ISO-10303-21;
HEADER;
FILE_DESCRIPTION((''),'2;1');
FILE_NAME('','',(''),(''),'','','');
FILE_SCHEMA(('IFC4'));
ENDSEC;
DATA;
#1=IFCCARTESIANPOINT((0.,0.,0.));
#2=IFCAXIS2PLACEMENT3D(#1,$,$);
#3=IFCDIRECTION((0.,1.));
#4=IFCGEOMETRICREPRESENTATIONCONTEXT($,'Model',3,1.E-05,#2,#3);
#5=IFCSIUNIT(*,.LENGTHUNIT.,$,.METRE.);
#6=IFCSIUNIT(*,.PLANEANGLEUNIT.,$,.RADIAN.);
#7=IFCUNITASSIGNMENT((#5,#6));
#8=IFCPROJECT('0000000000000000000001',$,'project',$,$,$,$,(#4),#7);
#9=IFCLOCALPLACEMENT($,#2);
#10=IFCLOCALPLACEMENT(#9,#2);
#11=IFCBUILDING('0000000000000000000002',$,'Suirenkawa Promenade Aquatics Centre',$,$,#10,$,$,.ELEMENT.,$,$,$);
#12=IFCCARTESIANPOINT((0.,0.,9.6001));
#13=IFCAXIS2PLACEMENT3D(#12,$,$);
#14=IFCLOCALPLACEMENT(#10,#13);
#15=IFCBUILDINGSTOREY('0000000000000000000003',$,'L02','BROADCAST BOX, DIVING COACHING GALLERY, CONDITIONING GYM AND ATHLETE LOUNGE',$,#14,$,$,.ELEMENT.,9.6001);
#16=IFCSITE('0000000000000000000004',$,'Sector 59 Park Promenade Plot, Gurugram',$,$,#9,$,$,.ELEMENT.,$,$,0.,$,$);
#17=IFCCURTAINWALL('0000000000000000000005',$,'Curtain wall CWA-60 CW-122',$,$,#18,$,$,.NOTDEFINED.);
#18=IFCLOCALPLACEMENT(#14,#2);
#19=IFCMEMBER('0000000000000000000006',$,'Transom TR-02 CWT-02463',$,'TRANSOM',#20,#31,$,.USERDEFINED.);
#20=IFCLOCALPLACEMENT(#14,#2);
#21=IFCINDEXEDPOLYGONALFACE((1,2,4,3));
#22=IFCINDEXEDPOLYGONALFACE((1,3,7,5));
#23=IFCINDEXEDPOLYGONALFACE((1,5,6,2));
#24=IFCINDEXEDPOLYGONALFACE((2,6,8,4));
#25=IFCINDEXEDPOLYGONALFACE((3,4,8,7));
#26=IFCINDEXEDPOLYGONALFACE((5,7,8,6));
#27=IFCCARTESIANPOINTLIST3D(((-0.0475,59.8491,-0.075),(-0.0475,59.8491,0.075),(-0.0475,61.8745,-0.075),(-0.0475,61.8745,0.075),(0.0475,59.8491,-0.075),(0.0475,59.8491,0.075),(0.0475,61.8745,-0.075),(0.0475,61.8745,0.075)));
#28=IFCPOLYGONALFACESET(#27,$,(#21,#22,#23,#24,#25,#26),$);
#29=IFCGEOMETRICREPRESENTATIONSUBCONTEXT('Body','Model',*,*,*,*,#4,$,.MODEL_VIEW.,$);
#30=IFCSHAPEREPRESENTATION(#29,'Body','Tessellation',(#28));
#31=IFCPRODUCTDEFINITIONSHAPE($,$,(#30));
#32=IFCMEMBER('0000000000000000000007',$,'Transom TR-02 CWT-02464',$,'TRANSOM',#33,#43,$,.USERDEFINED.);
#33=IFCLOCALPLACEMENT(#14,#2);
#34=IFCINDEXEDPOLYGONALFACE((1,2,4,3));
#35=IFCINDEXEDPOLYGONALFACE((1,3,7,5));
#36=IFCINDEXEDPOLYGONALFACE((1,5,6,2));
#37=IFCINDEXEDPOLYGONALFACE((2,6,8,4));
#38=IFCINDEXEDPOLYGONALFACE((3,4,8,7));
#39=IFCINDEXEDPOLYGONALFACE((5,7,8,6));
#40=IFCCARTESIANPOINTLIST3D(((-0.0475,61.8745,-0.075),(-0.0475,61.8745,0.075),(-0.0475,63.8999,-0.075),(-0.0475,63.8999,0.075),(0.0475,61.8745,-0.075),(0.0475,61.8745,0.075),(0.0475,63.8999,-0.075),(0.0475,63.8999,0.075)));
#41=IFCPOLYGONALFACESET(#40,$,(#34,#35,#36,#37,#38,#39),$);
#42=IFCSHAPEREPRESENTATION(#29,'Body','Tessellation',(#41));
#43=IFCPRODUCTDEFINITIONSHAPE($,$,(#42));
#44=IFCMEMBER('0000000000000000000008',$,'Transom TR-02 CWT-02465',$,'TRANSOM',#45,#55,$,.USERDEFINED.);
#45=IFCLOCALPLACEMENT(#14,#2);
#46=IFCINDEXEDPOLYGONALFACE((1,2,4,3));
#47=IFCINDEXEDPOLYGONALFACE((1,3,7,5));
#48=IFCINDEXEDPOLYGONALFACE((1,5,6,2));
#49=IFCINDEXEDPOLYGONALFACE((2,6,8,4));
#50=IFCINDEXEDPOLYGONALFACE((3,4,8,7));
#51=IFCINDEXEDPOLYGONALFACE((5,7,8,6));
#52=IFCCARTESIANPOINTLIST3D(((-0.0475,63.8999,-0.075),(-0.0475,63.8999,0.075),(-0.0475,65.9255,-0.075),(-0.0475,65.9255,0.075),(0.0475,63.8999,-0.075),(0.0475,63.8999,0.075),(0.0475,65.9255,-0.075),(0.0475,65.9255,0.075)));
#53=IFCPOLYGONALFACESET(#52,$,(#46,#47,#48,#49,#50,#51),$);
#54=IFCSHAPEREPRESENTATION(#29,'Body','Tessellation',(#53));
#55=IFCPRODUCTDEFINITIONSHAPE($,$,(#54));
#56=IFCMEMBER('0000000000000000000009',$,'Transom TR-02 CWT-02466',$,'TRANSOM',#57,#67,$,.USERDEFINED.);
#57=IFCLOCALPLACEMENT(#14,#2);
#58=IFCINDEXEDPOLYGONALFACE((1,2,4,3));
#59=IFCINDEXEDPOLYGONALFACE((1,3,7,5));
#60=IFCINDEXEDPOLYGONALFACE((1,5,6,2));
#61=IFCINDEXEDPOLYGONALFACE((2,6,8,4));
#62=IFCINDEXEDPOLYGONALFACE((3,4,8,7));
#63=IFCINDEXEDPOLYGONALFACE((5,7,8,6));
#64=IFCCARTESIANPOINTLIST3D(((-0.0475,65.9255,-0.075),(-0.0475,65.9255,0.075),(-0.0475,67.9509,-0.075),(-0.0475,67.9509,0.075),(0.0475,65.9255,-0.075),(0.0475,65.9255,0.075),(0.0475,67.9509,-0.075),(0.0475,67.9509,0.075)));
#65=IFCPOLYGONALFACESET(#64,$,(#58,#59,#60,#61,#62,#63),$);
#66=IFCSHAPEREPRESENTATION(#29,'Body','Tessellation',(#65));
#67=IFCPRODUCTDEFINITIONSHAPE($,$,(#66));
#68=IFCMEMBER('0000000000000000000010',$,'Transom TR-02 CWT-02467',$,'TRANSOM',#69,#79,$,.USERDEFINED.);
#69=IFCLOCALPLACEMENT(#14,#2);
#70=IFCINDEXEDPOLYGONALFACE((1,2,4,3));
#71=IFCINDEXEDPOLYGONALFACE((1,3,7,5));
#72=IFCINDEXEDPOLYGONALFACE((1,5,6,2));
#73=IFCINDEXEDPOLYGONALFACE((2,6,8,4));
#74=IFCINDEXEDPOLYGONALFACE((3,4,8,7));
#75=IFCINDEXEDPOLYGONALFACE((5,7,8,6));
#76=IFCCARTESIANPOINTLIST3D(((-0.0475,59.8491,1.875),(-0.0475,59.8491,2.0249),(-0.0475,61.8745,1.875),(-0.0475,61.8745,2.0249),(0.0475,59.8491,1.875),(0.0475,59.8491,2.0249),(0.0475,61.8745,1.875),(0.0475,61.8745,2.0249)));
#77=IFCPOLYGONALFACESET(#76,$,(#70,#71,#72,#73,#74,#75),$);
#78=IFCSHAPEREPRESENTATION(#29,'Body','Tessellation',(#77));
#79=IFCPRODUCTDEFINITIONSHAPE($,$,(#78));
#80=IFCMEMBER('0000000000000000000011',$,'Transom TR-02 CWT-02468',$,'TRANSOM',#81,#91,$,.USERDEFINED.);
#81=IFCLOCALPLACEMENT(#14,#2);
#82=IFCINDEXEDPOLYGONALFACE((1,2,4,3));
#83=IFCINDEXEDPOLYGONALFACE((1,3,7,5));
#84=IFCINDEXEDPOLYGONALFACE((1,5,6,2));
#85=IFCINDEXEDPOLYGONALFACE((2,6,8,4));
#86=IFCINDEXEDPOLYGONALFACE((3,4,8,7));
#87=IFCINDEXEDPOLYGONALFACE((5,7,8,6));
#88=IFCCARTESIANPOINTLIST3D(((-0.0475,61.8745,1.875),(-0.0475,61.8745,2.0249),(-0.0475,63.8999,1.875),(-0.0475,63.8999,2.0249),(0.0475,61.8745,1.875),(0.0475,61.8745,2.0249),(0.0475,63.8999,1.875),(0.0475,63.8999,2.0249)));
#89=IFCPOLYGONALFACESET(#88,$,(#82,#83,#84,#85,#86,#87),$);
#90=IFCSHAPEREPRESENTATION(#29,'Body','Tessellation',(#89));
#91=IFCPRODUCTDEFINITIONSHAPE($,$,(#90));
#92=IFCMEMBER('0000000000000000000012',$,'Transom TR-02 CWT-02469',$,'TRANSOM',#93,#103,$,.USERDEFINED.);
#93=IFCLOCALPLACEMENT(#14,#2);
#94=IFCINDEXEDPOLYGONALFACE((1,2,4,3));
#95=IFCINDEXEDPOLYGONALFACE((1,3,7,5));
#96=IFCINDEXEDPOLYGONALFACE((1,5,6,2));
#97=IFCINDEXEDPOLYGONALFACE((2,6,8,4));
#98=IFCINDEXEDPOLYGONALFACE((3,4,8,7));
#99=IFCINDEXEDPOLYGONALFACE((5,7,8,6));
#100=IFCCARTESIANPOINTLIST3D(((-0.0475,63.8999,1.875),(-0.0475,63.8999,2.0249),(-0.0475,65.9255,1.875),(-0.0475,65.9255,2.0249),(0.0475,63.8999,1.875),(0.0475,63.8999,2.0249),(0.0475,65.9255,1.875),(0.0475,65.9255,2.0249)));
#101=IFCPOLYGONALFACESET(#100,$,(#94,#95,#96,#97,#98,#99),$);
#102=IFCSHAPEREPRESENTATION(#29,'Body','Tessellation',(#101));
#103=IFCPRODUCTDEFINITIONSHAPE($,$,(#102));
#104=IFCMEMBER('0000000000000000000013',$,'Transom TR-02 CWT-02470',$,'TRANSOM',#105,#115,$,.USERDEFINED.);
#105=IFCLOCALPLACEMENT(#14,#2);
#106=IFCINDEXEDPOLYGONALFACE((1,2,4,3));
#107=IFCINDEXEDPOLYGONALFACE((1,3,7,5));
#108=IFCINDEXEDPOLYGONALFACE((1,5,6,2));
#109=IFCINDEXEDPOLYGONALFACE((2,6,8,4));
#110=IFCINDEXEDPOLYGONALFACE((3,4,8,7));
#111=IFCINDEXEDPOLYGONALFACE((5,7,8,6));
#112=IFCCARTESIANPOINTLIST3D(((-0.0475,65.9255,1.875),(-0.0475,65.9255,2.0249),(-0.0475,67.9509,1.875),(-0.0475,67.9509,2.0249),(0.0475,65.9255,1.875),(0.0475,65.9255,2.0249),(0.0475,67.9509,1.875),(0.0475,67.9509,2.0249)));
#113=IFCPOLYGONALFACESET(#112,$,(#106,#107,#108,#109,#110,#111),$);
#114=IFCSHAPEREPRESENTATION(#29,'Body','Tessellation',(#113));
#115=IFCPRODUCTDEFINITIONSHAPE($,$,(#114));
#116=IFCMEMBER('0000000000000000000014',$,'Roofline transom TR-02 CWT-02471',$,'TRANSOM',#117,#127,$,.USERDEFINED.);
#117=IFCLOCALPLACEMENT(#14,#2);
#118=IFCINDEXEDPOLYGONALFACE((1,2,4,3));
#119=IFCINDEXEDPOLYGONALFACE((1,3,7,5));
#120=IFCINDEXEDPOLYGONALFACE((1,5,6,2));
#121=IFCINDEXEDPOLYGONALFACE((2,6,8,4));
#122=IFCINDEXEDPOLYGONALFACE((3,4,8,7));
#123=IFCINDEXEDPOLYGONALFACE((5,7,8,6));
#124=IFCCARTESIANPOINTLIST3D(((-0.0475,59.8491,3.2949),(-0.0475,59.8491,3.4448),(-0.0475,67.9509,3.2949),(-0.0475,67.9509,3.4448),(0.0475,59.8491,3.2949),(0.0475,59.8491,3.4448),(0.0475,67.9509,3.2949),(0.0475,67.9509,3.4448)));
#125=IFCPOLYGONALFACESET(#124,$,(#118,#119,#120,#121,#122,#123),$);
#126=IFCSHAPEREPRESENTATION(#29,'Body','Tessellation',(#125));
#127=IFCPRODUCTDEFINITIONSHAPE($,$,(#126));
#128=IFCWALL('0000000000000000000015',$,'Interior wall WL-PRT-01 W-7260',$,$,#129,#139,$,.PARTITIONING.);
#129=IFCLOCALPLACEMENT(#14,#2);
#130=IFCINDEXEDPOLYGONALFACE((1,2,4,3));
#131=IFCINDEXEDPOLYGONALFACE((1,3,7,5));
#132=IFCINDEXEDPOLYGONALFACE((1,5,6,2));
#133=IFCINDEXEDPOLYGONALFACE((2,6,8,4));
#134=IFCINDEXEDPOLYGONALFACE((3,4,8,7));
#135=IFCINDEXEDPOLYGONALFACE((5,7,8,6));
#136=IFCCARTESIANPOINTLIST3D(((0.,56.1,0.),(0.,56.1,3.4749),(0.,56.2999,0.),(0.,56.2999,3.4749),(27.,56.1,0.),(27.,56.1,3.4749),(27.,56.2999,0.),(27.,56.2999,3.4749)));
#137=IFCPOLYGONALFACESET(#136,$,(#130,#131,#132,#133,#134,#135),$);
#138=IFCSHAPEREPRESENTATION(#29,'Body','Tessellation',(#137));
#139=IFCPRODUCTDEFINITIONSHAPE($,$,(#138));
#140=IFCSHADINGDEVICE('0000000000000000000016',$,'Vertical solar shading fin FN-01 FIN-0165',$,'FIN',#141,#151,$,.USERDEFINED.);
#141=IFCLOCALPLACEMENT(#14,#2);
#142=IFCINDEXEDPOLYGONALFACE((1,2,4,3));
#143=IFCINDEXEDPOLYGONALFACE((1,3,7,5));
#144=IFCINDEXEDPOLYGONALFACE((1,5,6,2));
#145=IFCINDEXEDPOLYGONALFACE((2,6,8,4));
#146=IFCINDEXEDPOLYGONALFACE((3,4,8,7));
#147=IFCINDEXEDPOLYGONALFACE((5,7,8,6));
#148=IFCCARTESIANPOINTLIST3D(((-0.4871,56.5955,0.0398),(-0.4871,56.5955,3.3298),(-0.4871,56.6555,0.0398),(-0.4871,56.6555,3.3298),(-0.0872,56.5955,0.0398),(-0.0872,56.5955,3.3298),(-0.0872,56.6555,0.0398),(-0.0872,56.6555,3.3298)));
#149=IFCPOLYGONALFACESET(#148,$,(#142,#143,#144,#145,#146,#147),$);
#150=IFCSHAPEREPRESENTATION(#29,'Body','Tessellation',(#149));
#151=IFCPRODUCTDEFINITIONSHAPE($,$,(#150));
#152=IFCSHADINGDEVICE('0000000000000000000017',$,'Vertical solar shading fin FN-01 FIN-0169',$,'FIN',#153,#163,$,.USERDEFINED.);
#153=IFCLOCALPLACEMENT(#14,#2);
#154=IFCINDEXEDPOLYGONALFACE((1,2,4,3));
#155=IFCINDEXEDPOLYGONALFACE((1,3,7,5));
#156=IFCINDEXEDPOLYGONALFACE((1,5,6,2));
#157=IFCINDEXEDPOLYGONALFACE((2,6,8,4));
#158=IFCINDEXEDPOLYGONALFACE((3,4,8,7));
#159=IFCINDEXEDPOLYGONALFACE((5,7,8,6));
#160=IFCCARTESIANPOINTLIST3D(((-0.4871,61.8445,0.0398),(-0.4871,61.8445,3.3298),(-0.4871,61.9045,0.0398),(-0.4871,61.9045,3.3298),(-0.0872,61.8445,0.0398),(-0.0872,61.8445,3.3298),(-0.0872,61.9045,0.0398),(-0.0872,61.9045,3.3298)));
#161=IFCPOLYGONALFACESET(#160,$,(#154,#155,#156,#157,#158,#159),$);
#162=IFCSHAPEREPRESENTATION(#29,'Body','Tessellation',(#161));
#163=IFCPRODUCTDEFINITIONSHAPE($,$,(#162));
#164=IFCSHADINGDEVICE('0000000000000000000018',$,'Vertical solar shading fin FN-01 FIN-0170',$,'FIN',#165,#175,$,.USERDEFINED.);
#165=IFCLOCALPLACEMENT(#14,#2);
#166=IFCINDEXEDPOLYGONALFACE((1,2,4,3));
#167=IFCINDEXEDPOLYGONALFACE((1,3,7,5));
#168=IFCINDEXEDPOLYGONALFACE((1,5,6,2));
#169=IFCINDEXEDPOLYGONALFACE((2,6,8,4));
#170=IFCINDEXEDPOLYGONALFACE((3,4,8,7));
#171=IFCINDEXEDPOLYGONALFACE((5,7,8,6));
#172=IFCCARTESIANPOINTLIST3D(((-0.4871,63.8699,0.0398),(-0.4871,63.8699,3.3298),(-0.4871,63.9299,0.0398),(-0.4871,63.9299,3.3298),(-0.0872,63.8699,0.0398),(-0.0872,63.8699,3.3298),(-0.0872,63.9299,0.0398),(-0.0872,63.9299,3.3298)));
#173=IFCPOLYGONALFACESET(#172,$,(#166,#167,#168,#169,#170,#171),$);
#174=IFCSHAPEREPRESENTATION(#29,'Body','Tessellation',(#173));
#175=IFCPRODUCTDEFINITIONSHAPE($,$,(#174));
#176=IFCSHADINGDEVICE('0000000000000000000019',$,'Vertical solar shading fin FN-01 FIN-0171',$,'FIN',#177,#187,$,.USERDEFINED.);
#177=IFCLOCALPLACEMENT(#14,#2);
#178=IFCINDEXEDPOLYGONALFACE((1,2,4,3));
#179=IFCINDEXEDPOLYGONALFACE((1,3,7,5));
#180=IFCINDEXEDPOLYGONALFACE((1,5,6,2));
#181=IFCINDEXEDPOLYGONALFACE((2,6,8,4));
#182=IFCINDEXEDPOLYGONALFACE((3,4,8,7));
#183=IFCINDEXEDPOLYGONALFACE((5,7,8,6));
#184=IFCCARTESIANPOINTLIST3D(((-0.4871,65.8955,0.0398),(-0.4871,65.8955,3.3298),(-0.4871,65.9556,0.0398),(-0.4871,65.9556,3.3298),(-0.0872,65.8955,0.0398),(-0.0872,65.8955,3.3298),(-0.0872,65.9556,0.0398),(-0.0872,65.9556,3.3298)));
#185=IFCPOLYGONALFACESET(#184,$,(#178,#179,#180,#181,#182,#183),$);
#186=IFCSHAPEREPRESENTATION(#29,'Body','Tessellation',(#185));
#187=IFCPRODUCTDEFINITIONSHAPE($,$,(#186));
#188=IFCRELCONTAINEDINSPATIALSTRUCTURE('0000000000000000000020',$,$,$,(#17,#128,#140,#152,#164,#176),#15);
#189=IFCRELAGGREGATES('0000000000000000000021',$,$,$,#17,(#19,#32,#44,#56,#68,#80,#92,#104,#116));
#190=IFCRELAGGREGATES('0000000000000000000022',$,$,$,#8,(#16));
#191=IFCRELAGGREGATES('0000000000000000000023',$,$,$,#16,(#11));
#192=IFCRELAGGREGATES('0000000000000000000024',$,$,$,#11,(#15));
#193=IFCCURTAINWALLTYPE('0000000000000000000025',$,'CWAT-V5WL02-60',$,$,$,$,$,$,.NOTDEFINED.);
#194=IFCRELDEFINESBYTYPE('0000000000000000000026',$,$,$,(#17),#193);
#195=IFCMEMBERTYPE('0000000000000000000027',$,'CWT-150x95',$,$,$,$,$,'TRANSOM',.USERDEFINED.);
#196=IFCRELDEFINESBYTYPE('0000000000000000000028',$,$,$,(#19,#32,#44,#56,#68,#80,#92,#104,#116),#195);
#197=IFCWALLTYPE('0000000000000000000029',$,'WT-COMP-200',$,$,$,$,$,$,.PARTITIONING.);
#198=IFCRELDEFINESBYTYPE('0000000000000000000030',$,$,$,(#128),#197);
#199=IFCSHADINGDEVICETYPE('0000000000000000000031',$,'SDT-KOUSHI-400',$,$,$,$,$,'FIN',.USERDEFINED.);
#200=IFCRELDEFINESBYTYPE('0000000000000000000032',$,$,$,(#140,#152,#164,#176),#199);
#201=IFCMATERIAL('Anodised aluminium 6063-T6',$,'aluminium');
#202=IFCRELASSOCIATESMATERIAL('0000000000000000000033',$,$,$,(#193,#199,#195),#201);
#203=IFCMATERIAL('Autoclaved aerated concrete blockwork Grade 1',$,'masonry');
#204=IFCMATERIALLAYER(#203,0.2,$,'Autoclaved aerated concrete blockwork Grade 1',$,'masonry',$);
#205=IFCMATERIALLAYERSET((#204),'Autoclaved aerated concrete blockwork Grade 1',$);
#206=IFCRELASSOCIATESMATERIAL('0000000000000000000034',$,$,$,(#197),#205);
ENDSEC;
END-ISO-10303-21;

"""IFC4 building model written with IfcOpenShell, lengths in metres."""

from ifc_helpers import new_model, si_unit, direction, frame, frame_2d, origin, origin_2d, place, context, subcontext, project, spatial, rectangle, extrude, material, layer, layer_set, material_profile, profile_set, type_object, element, aggregate, save


model = new_model("IFC4")

# Units and contexts
model_context = context("Model", 3, precision=1e-05, world=origin(), true_north=direction((0.0, 1.0)))
body_context = subcontext(model_context, "Body", "Model", "MODEL_VIEW")
ifc_project = project(units=[si_unit("LENGTHUNIT", "METRE"), si_unit("PLANEANGLEUNIT", "RADIAN")], contexts=[model_context])

# Site, building, storey
site_placement = place(None, origin())
site = spatial("IfcSite", under=ifc_project, at=site_placement, Name="Sector 59 Park Promenade Plot, Gurugram", CompositionType="ELEMENT", RefElevation=0.0)
building_placement = place(site_placement, origin())
building = spatial("IfcBuilding", under=site, at=building_placement, Name="Suirenkawa Promenade Aquatics Centre", CompositionType="ELEMENT")
storey_placement = place(building_placement, frame((0.0, 0.0, 9.6001)))
storey = spatial("IfcBuildingStorey", under=building, at=storey_placement, Name="L02", Description="BROADCAST BOX, DIVING COACHING GALLERY, CONDITIONING GYM AND ATHLETE LOUNGE", CompositionType="ELEMENT", Elevation=9.6001)

# Curtain wall
ifc_material_1 = material(Name="Anodised aluminium 6063-T6", Category="aluminium")
curtain_wall_type_1 = type_object("IfcCurtainWallType", Name="CWAT-V5WL02-60", PredefinedType="NOTDEFINED", material=ifc_material_1)
curtain_wall_1_placement = place(storey_placement, origin())
curtain_wall_1 = element("IfcCurtainWall", 1, at=curtain_wall_1_placement, inside=storey, type_object=curtain_wall_type_1, Name="Curtain wall CWA-60 CW-122", PredefinedType="NOTDEFINED")

# Members
ifc_material_profile_1 = material_profile(ifc_material_1, rectangle(XDim=0.095, YDim=0.1499, at=origin_2d()), Name="ALU TRAN 95x150", Category="aluminium")
ifc_profile_set_1 = profile_set([ifc_material_profile_1], Name="Anodised aluminium 6063-T6")
member_type_1 = type_object("IfcMemberType", Name="CWT-150x95", ElementType="TRANSOM", PredefinedType="USERDEFINED", material=ifc_profile_set_1)
member_1_placement = place(storey_placement, frame((0.0, 59.8491, 0.0), z_axis=(0.0, 1.0, 0.0), x_axis=(-1.0, 0.0, 0.0)))
member_1 = element("IfcMember", 2, at=member_1_placement, type_object=member_type_1, Name="Transom TR-02 CWT-02463", ObjectType="TRANSOM", PredefinedType="USERDEFINED", context=body_context, shape_type="SweptSolid", body=[
    extrude(rectangle(XDim=0.095, YDim=0.1499, at=origin_2d()), origin(), (0.0, 0.0, 1.0), 2.0254),
])
member_2_placement = place(storey_placement, frame((0.0, 61.8745, 0.0), z_axis=(0.0, 1.0, 0.0), x_axis=(-1.0, 0.0, 0.0)))
member_2 = element("IfcMember", 3, at=member_2_placement, type_object=member_type_1, Name="Transom TR-02 CWT-02464", ObjectType="TRANSOM", PredefinedType="USERDEFINED", context=body_context, shape_type="SweptSolid", body=[
    extrude(rectangle(XDim=0.095, YDim=0.1499, at=origin_2d()), origin(), (0.0, 0.0, 1.0), 2.0254),
])
member_3_placement = place(storey_placement, frame((0.0, 63.8999, 0.0), z_axis=(0.0, 1.0, 0.0), x_axis=(-1.0, 0.0, 0.0)))
member_3 = element("IfcMember", 4, at=member_3_placement, type_object=member_type_1, Name="Transom TR-02 CWT-02465", ObjectType="TRANSOM", PredefinedType="USERDEFINED", context=body_context, shape_type="SweptSolid", body=[
    extrude(rectangle(XDim=0.095, YDim=0.1499, at=origin_2d()), origin(), (0.0, 0.0, 1.0), 2.0256),
])
member_4_placement = place(storey_placement, frame((0.0, 65.9255, 0.0), z_axis=(0.0, 1.0, 0.0), x_axis=(-1.0, 0.0, 0.0)))
member_4 = element("IfcMember", 5, at=member_4_placement, type_object=member_type_1, Name="Transom TR-02 CWT-02466", ObjectType="TRANSOM", PredefinedType="USERDEFINED", context=body_context, shape_type="SweptSolid", body=[
    extrude(rectangle(XDim=0.095, YDim=0.1499, at=origin_2d()), origin(), (0.0, 0.0, 1.0), 2.0254),
])
member_5_placement = place(storey_placement, frame((0.0, 59.8491, 1.95), z_axis=(0.0, 1.0, 0.0), x_axis=(-1.0, 0.0, 0.0)))
member_5 = element("IfcMember", 6, at=member_5_placement, type_object=member_type_1, Name="Transom TR-02 CWT-02467", ObjectType="TRANSOM", PredefinedType="USERDEFINED", context=body_context, shape_type="SweptSolid", body=[
    extrude(rectangle(XDim=0.095, YDim=0.1499, at=origin_2d()), origin(), (0.0, 0.0, 1.0), 2.0254),
])
member_6_placement = place(storey_placement, frame((0.0, 61.8745, 1.95), z_axis=(0.0, 1.0, 0.0), x_axis=(-1.0, 0.0, 0.0)))
member_6 = element("IfcMember", 7, at=member_6_placement, type_object=member_type_1, Name="Transom TR-02 CWT-02468", ObjectType="TRANSOM", PredefinedType="USERDEFINED", context=body_context, shape_type="SweptSolid", body=[
    extrude(rectangle(XDim=0.095, YDim=0.1499, at=origin_2d()), origin(), (0.0, 0.0, 1.0), 2.0254),
])
member_7_placement = place(storey_placement, frame((0.0, 63.8999, 1.95), z_axis=(0.0, 1.0, 0.0), x_axis=(-1.0, 0.0, 0.0)))
member_7 = element("IfcMember", 8, at=member_7_placement, type_object=member_type_1, Name="Transom TR-02 CWT-02469", ObjectType="TRANSOM", PredefinedType="USERDEFINED", context=body_context, shape_type="SweptSolid", body=[
    extrude(rectangle(XDim=0.095, YDim=0.1499, at=origin_2d()), origin(), (0.0, 0.0, 1.0), 2.0256),
])
member_8_placement = place(storey_placement, frame((0.0, 65.9255, 1.95), z_axis=(0.0, 1.0, 0.0), x_axis=(-1.0, 0.0, 0.0)))
member_8 = element("IfcMember", 9, at=member_8_placement, type_object=member_type_1, Name="Transom TR-02 CWT-02470", ObjectType="TRANSOM", PredefinedType="USERDEFINED", context=body_context, shape_type="SweptSolid", body=[
    extrude(rectangle(XDim=0.095, YDim=0.1499, at=origin_2d()), origin(), (0.0, 0.0, 1.0), 2.0254),
])
member_9_placement = place(storey_placement, frame((0.0, 59.8491, 3.3699), z_axis=(0.0, 1.0, 0.0), x_axis=(-1.0, 0.0, 0.0)))
member_9 = element("IfcMember", 10, at=member_9_placement, type_object=member_type_1, Name="Roofline transom TR-02 CWT-02471", ObjectType="TRANSOM", PredefinedType="USERDEFINED", context=body_context, shape_type="SweptSolid", body=[
    extrude(rectangle(XDim=0.095, YDim=0.1499, at=origin_2d()), origin(), (0.0, 0.0, 1.0), 8.1018),
])

aggregate(curtain_wall_1, [member_1, member_2, member_3, member_4, member_5, member_6, member_7, member_8, member_9])

# Wall
ifc_material_2 = material(Name="Autoclaved aerated concrete blockwork Grade 1", Category="masonry")
ifc_layer_1 = layer(ifc_material_2, 0.2, Name="Autoclaved aerated concrete blockwork Grade 1", Category="masonry")
ifc_layer_set_1 = layer_set([ifc_layer_1], Name="Autoclaved aerated concrete blockwork Grade 1")
wall_type = type_object("IfcWallType", Name="WT-COMP-200", PredefinedType="PARTITIONING", material=ifc_layer_set_1)
wall_placement = place(storey_placement, frame((0.0, 56.2, 0.0), z_axis=(0.0, 0.0, 1.0), x_axis=(1.0, 0.0, 0.0)))
element("IfcWall", 11, at=wall_placement, inside=storey, type_object=wall_type, Name="Interior wall WL-PRT-01 W-7260", PredefinedType="PARTITIONING", context=body_context, shape_type="SweptSolid", body=[
    extrude(rectangle(XDim=27.0, YDim=0.2, at=frame_2d((13.5, 0.0))), origin(), (0.0, 0.0, 1.0), 3.4749),
])

# Shading devices
shading_device_type = type_object("IfcShadingDeviceType", Name="SDT-KOUSHI-400", ElementType="FIN", PredefinedType="USERDEFINED", material=ifc_material_1)
for number, where, z_axis, x_axis, name in (
    (12, (-0.2871, 56.6255, 0.0398), (0.0, 0.0, 1.0), (-1.0, 0.0, 0.0), "Vertical solar shading fin FN-01 FIN-0165"),
    (13, (-0.2871, 61.8745, 0.0398), (0.0, 0.0, 1.0), (-1.0, 0.0, 0.0), "Vertical solar shading fin FN-01 FIN-0169"),
    (14, (-0.2871, 63.8999, 0.0398), (0.0, 0.0, 1.0), (-1.0, 0.0, 0.0), "Vertical solar shading fin FN-01 FIN-0170"),
    (15, (-0.2871, 65.9255, 0.0398), (0.0, 0.0, 1.0), (-1.0, 0.0, 0.0), "Vertical solar shading fin FN-01 FIN-0171"),
):
    element("IfcShadingDevice", number, at=place(storey_placement, frame(where, z_axis=z_axis, x_axis=x_axis)), inside=storey, type_object=shading_device_type, Name=name, ObjectType="FIN", PredefinedType="USERDEFINED", context=body_context, shape_type="SweptSolid", body=[
        extrude(rectangle(XDim=0.3999, YDim=0.0601, at=origin_2d()), origin(), (0.0, 0.0, 1.0), 3.29),
    ])

save(model, "model.ifc")
